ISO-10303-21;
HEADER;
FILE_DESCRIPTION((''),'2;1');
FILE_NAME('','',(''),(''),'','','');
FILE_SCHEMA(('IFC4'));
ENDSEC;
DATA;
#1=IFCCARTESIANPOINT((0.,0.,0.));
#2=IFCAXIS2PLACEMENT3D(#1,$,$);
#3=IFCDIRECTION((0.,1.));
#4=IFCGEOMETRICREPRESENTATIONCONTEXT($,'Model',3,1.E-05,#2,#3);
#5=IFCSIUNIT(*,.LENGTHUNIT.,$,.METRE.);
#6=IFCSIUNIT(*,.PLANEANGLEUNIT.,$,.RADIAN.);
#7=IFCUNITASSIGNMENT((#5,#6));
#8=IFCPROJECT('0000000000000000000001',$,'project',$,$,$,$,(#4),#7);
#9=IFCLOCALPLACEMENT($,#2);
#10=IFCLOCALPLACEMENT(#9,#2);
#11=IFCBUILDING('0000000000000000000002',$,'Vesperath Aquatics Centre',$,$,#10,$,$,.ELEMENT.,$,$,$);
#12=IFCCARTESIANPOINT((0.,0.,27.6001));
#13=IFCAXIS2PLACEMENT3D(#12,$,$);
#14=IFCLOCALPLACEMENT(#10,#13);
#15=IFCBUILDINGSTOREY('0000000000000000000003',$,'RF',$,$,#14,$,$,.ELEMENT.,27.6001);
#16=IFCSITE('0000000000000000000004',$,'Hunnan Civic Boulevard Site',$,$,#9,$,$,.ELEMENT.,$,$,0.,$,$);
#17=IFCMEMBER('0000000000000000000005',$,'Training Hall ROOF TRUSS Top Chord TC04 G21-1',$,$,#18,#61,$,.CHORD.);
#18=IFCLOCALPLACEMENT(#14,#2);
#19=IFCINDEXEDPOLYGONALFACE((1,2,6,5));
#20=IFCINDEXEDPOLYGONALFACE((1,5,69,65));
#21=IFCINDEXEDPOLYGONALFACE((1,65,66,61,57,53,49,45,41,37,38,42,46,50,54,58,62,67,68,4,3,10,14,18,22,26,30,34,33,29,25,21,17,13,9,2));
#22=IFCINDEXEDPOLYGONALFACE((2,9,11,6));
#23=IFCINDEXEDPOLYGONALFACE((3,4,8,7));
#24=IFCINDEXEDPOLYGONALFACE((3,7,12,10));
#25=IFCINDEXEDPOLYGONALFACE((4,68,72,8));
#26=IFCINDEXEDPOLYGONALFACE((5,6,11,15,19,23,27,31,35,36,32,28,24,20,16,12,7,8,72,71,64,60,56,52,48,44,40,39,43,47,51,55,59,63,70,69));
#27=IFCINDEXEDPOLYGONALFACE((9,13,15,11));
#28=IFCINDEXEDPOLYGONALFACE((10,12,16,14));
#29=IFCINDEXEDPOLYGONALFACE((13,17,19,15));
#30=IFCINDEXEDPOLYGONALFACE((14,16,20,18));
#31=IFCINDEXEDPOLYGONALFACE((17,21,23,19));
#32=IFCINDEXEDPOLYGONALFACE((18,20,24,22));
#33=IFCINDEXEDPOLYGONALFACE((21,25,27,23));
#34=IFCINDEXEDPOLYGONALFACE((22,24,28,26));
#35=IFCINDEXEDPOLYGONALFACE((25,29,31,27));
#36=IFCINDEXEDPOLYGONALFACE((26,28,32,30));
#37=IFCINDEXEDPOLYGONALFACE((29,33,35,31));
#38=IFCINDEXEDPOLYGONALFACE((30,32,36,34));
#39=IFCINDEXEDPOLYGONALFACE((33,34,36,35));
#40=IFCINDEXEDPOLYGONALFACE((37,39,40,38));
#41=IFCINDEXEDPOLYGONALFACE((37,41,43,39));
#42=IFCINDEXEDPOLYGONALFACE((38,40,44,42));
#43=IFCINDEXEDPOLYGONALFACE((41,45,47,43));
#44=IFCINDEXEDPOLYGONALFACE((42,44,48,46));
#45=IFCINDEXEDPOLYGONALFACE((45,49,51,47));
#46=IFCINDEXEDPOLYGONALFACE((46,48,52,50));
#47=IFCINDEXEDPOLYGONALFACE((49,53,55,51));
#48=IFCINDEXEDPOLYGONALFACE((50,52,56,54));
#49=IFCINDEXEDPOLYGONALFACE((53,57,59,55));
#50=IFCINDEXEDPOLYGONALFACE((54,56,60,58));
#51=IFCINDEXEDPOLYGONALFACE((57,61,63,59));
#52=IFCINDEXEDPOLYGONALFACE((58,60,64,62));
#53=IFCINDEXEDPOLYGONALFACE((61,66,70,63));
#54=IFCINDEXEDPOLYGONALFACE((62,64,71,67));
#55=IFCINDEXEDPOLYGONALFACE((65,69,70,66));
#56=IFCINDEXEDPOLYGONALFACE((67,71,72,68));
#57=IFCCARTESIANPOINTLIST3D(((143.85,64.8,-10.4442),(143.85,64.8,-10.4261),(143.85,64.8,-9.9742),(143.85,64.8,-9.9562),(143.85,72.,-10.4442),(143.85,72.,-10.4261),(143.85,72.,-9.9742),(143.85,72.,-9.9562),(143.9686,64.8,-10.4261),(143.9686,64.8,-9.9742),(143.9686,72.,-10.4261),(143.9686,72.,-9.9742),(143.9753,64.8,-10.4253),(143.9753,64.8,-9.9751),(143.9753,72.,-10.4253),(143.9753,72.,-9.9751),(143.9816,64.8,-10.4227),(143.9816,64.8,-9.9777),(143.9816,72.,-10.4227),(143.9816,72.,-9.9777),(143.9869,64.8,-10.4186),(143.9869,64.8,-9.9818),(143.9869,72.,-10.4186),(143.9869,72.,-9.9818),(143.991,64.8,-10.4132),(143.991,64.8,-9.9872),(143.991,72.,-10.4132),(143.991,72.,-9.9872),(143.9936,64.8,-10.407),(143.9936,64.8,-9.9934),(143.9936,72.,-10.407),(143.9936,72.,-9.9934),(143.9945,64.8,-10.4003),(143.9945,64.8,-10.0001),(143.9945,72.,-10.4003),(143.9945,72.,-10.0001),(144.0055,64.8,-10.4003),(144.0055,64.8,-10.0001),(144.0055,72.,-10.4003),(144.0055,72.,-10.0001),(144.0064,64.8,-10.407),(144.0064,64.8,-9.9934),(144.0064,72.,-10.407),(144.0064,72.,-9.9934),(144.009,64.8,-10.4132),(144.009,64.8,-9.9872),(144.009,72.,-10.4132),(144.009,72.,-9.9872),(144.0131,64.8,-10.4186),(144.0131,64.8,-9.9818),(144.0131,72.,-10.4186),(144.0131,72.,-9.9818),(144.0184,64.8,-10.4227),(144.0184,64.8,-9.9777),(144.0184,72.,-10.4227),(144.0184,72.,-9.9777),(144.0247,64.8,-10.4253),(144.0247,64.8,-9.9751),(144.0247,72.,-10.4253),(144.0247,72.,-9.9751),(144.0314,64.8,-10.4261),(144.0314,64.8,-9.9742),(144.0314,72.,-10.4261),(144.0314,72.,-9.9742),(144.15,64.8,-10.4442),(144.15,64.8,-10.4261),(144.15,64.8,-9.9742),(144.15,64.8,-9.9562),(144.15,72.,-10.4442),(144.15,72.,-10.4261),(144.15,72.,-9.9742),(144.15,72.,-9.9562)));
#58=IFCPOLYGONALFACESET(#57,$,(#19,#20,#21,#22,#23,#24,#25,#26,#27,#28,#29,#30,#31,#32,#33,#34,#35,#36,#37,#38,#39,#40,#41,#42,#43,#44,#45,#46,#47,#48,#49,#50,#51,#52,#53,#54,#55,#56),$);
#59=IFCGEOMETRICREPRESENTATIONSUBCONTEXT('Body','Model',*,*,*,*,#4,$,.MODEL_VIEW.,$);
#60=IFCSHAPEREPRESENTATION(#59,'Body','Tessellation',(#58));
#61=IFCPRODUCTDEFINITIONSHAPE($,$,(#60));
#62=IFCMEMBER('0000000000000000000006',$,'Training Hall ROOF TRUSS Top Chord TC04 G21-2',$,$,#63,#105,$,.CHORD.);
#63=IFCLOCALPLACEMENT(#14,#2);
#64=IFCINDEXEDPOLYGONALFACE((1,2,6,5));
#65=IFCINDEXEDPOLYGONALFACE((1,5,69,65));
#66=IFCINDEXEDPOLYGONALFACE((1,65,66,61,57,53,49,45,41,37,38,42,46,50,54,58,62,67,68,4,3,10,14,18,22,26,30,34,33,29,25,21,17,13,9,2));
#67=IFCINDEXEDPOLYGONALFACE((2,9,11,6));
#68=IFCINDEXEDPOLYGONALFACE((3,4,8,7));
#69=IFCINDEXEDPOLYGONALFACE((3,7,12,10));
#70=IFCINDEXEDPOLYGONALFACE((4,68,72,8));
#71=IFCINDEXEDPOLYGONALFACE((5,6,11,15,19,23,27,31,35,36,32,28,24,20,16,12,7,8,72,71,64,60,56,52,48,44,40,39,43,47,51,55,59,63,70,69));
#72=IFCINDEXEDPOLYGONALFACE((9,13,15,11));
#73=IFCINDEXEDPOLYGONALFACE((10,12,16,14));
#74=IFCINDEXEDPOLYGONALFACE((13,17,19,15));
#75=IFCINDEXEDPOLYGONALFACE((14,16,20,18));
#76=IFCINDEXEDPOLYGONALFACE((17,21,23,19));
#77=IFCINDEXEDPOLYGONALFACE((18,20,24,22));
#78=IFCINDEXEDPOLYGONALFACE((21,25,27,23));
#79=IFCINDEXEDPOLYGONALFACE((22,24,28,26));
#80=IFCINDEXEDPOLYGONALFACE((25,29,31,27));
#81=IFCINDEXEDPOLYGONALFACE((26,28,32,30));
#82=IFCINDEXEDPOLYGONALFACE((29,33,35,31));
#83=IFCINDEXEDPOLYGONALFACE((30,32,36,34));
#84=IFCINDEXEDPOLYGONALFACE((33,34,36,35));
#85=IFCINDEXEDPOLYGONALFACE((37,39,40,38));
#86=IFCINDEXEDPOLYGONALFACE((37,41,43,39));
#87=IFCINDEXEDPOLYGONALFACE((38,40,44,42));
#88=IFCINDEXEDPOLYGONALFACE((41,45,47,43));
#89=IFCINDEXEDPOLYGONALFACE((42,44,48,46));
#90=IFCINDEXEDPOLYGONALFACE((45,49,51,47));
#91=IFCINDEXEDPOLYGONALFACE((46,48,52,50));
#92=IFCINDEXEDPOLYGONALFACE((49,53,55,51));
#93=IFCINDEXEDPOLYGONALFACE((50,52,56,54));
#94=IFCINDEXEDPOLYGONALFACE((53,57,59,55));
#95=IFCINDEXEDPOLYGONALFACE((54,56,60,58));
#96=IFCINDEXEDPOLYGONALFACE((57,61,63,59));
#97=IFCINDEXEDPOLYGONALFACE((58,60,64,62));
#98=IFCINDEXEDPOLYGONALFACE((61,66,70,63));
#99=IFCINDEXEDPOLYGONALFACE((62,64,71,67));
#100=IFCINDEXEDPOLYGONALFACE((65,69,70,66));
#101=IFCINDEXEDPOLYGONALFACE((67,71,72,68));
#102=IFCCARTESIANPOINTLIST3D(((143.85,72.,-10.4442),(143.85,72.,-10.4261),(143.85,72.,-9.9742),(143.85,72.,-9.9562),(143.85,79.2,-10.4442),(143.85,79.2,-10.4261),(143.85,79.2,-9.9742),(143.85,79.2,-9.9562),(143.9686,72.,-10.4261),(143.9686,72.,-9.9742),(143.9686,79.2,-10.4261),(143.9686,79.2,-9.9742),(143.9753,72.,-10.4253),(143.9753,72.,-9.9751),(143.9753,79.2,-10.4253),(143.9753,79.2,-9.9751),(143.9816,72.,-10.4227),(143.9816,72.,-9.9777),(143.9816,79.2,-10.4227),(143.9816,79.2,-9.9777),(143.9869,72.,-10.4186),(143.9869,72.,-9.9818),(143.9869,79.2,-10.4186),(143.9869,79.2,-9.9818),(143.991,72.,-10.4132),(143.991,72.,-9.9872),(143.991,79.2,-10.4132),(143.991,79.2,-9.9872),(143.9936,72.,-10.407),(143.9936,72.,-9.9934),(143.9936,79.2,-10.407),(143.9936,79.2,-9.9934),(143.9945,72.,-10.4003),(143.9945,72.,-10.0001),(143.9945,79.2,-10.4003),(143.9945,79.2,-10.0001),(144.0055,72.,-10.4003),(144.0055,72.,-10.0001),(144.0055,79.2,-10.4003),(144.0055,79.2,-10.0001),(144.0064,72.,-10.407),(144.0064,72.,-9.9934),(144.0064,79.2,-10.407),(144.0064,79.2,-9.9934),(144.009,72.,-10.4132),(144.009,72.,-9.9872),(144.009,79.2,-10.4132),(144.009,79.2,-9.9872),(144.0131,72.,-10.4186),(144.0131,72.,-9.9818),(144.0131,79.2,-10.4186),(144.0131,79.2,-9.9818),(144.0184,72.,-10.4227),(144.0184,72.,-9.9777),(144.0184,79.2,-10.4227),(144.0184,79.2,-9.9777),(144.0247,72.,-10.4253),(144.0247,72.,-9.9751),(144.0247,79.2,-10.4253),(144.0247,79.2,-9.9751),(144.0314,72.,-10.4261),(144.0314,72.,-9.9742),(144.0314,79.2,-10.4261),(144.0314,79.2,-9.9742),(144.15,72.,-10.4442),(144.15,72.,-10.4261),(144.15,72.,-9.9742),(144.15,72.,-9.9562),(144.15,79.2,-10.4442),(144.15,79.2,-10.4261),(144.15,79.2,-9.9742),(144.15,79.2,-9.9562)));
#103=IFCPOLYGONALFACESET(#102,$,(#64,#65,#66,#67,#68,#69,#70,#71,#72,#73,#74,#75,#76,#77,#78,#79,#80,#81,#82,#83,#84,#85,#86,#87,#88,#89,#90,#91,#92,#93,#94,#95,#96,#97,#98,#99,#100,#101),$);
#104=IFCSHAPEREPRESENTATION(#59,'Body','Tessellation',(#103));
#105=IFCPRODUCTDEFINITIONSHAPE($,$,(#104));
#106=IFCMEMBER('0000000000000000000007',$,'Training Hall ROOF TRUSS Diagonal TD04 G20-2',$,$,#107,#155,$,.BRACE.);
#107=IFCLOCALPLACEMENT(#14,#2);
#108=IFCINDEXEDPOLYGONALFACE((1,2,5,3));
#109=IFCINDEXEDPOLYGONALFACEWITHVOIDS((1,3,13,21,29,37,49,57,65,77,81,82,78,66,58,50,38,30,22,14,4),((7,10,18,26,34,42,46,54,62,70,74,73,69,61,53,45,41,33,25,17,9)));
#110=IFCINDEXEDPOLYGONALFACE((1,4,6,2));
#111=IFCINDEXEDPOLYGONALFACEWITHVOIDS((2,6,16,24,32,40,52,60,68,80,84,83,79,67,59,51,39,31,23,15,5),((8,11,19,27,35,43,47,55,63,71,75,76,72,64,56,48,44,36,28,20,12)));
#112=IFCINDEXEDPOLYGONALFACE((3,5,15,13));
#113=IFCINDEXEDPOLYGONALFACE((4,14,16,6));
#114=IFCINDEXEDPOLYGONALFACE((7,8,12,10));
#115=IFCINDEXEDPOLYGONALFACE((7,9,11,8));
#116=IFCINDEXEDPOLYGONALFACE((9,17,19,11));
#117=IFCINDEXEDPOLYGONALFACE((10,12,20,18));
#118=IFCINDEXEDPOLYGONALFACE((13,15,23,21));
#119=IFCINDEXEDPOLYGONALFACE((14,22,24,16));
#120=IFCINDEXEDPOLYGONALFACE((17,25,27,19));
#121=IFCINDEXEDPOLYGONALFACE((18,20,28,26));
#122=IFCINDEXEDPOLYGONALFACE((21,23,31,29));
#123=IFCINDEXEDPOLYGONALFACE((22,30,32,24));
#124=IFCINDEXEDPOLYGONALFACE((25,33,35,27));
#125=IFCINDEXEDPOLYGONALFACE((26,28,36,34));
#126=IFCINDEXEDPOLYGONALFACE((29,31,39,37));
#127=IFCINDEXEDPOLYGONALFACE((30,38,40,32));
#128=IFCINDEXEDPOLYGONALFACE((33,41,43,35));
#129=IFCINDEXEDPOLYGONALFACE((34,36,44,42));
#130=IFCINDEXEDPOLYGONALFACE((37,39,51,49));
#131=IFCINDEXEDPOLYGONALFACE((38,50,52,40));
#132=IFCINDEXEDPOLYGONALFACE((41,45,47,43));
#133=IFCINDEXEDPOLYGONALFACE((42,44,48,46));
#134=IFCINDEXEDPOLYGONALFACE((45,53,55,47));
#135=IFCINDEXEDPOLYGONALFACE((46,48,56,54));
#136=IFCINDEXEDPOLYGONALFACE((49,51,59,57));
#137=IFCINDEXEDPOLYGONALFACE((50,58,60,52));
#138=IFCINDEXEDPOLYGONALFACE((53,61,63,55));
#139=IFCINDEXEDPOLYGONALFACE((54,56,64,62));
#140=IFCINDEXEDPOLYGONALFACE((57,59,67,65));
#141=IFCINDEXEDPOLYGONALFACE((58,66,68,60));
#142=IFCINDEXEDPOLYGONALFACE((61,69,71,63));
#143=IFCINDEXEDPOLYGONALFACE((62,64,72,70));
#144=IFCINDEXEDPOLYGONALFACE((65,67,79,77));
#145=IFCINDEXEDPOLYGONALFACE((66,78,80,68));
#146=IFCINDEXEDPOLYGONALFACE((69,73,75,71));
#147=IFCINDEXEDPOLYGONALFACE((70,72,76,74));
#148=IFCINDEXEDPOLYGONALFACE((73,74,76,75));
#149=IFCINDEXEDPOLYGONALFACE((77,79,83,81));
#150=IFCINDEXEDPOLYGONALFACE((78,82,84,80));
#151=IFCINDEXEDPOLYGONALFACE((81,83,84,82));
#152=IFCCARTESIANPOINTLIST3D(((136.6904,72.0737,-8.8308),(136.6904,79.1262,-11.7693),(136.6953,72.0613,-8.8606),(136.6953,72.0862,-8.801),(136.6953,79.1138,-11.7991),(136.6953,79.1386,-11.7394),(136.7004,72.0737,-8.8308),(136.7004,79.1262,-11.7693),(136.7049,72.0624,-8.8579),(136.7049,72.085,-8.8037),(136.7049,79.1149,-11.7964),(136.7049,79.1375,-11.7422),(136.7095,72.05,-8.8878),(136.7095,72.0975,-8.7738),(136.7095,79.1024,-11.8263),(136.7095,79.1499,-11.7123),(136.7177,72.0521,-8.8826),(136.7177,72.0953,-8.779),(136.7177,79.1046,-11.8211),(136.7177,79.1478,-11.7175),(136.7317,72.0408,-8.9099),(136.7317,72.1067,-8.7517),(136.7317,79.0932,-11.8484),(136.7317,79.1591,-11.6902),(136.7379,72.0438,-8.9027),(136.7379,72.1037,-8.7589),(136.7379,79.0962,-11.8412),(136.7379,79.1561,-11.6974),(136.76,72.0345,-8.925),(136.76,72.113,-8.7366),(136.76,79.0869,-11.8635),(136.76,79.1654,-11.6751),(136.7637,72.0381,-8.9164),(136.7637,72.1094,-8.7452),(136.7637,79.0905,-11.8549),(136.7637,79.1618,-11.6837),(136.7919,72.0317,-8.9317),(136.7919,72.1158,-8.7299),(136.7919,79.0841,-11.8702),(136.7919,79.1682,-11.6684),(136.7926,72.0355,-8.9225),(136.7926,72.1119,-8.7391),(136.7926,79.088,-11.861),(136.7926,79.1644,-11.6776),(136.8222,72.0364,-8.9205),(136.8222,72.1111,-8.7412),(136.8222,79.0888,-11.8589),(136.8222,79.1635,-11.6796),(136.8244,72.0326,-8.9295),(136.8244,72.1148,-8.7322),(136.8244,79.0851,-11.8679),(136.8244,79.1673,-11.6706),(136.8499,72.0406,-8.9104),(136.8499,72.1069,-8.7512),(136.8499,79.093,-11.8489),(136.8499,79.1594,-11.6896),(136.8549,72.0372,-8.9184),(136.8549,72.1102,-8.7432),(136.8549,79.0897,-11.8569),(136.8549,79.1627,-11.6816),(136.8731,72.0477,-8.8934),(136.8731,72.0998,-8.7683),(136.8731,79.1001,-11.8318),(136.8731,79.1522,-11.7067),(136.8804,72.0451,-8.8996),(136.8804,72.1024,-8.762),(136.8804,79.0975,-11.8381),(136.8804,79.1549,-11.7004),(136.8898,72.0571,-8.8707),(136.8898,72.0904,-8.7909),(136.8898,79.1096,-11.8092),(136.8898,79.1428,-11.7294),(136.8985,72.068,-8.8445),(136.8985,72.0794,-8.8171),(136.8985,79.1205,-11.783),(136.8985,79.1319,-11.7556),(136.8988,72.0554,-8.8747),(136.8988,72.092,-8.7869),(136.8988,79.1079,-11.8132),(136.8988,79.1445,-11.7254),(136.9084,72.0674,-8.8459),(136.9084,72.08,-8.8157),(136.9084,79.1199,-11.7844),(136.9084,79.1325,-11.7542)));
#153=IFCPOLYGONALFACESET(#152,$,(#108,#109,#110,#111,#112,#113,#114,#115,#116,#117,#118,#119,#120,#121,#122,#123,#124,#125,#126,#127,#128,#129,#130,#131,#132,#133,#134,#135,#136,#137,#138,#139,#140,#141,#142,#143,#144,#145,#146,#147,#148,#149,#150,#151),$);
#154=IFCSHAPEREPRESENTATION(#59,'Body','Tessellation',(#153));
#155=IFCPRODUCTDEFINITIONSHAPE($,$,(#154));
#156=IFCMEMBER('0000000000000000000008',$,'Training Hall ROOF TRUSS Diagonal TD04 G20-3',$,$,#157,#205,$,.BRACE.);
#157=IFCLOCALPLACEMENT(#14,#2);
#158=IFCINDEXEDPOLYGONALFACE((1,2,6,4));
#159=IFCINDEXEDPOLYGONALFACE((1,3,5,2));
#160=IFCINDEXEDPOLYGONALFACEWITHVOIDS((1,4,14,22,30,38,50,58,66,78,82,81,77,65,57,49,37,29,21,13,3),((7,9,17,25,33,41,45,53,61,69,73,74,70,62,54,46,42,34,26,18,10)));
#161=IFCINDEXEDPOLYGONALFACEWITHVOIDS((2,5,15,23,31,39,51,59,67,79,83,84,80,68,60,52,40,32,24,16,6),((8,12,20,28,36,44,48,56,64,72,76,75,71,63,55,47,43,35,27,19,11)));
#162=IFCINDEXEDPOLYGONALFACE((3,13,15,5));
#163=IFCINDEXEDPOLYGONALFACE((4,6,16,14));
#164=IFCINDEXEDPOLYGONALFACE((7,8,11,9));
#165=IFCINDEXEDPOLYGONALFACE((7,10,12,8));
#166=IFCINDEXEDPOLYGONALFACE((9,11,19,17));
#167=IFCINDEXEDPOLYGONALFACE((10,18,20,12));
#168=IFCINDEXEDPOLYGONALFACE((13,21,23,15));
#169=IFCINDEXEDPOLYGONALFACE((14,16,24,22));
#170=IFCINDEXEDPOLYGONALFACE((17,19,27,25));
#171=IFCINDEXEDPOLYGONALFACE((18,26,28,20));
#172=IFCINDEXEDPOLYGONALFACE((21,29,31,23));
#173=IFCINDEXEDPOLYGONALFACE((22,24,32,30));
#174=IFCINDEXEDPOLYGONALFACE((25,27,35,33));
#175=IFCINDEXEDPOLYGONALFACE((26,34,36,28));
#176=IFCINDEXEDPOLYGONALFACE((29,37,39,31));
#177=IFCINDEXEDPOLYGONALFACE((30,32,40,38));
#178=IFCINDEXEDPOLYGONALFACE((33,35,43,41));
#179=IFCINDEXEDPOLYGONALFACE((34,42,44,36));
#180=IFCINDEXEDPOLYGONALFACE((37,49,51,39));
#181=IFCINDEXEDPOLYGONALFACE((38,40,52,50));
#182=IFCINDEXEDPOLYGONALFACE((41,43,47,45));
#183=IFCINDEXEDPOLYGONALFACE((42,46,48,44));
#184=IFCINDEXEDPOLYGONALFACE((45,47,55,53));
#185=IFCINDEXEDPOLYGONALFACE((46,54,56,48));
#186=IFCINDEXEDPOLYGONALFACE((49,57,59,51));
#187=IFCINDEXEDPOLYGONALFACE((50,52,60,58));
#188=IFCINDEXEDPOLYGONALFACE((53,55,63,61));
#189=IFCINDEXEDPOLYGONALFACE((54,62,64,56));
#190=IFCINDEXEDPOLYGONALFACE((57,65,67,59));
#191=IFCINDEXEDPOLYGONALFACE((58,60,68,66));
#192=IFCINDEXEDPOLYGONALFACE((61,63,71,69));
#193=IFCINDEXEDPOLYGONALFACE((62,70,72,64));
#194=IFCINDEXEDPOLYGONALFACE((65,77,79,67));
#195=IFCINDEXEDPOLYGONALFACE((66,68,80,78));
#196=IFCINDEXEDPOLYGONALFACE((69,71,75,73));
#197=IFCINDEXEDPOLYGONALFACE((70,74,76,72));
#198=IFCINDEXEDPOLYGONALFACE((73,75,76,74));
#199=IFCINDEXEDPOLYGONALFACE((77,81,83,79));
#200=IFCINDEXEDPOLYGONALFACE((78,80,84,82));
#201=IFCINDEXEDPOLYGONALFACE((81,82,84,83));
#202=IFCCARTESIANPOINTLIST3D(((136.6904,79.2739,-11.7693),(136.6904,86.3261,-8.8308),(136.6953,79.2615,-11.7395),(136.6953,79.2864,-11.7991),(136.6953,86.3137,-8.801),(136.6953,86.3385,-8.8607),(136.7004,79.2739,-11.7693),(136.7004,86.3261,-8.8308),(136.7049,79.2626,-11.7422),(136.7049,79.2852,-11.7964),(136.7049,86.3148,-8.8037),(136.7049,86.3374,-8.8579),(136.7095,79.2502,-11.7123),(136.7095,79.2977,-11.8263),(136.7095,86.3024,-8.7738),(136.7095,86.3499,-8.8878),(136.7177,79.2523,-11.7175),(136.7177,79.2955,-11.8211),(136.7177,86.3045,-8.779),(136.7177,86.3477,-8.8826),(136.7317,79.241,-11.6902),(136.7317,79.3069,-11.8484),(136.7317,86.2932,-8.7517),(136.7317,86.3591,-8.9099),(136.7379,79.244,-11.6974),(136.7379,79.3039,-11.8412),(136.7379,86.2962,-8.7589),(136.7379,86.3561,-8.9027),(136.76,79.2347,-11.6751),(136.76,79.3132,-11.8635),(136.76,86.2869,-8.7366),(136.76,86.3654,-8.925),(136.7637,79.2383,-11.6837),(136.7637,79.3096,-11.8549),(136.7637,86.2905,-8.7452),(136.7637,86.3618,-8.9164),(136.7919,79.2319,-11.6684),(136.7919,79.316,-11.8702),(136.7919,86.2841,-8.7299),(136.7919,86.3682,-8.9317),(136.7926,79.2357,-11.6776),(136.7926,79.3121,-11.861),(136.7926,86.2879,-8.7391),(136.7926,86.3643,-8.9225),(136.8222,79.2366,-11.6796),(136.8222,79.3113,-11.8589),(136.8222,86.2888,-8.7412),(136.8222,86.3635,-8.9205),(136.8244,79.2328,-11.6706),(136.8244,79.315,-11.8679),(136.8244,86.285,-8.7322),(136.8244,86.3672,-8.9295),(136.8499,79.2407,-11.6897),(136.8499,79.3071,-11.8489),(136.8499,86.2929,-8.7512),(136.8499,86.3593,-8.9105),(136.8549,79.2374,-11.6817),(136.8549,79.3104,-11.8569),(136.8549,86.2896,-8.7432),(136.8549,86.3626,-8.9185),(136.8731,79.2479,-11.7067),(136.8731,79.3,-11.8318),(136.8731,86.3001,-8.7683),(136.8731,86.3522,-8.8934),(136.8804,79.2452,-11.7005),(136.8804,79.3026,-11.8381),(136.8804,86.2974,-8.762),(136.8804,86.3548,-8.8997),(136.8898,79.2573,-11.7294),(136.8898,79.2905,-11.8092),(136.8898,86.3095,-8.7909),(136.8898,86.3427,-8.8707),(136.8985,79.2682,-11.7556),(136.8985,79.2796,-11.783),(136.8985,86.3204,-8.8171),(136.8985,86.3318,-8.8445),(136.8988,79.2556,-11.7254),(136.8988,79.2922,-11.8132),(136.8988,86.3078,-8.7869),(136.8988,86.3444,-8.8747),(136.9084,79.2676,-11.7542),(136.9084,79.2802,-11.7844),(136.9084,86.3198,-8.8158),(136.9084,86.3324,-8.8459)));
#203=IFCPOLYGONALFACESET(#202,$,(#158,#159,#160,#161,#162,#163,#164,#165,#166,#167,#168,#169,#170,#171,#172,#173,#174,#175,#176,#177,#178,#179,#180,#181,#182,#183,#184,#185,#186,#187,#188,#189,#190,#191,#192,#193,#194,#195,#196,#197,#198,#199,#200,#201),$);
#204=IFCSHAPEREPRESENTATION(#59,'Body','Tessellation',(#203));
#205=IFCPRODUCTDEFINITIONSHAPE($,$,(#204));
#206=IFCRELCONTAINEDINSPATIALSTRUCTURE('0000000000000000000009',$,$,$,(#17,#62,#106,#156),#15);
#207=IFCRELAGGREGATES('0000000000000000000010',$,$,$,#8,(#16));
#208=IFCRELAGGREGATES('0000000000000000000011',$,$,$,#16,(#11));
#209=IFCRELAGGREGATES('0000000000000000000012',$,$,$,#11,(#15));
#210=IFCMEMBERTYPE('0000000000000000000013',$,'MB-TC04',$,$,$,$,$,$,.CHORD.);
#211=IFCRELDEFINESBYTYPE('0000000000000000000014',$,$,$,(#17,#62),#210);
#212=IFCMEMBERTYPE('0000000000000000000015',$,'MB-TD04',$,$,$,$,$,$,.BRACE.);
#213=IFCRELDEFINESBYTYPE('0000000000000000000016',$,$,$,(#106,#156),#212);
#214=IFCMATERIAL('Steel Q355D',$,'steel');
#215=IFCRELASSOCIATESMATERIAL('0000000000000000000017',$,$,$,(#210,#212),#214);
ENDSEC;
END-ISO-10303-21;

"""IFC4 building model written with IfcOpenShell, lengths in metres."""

from ifc_helpers import new_model, si_unit, direction, frame, origin, origin_2d, place, context, subcontext, project, spatial, hollow_circle, i_section, extrude, material, material_profile, profile_set, type_object, element, save


model = new_model("IFC4")

# Units and contexts
model_context = context("Model", 3, precision=1e-05, world=origin(), true_north=direction((0.0, 1.0)))
body_context = subcontext(model_context, "Body", "Model", "MODEL_VIEW")
ifc_project = project(units=[si_unit("LENGTHUNIT", "METRE"), si_unit("PLANEANGLEUNIT", "RADIAN")], contexts=[model_context])

# Site, building, storey
site_placement = place(None, origin())
site = spatial("IfcSite", under=ifc_project, at=site_placement, Name="Hunnan Civic Boulevard Site", CompositionType="ELEMENT", RefElevation=0.0)
building_placement = place(site_placement, origin())
building = spatial("IfcBuilding", under=site, at=building_placement, Name="Vesperath Aquatics Centre", CompositionType="ELEMENT")
storey_placement = place(building_placement, frame((0.0, 0.0, 27.6001)))
storey = spatial("IfcBuildingStorey", under=building, at=storey_placement, Name="RF", CompositionType="ELEMENT", Elevation=27.6001)

# Members
ifc_material_1 = material(Name="Steel Q355D", Category="steel")
ifc_material_profile_1 = material_profile(ifc_material_1, i_section(OverallWidth=0.3, OverallDepth=0.488, WebThickness=0.011, FlangeThickness=0.0181, FilletRadius=0.0259, at=origin_2d()), Name="HM 488x300x11x18")
ifc_profile_set_1 = profile_set([ifc_material_profile_1], Name="Steel Q355D")
member_type_1 = type_object("IfcMemberType", Name="MB-TC04", PredefinedType="CHORD", material=ifc_profile_set_1)
for number, where, z_axis, x_axis, name in (
    (1, (144.0, 64.8, -10.2002), (0.0, 1.0, 0.0), (-1.0, 0.0, 0.0), "Training Hall ROOF TRUSS Top Chord TC04 G21-1"),
    (2, (144.0, 72.0, -10.2002), (0.0, 1.0, 0.0), (-1.0, 0.0, 0.0), "Training Hall ROOF TRUSS Top Chord TC04 G21-2"),
):
    element("IfcMember", number, at=place(storey_placement, frame(where, z_axis=z_axis, x_axis=x_axis)), inside=storey, type_object=member_type_1, Name=name, PredefinedType="CHORD", context=body_context, shape_type="SweptSolid", body=[
        extrude(i_section(OverallWidth=0.3, OverallDepth=0.488, WebThickness=0.011, FlangeThickness=0.0181, FilletRadius=0.0259, at=origin_2d()), origin(), (0.0, 0.0, 1.0), 7.2),
    ])
ifc_material_profile_2 = material_profile(ifc_material_1, hollow_circle(Radius=0.1096, WallThickness=0.01, at=origin_2d()), Name="CHS 219.1x10")
ifc_profile_set_2 = profile_set([ifc_material_profile_2], Name="Steel Q355D")
member_type_2 = type_object("IfcMemberType", Name="MB-TD04", PredefinedType="BRACE", material=ifc_profile_set_2)
member_1_placement = place(storey_placement, frame((136.8, 72.0737, -8.8308), z_axis=(0.0, 0.92308, -0.384609), x_axis=(-1.0, 0.0, 0.0)))
element("IfcMember", 3, at=member_1_placement, inside=storey, type_object=member_type_2, Name="Training Hall ROOF TRUSS Diagonal TD04 G20-2", PredefinedType="BRACE", context=body_context, shape_type="SweptSolid", body=[
    extrude(hollow_circle(Radius=0.1096, WallThickness=0.01, at=origin_2d()), origin(), (0.0, 0.0, 1.0), 7.6401),
])
member_2_placement = place(storey_placement, frame((136.8, 79.2739, -11.7693), z_axis=(0.0, 0.923075, 0.38462), x_axis=(-1.0, 0.0, 0.0)))
element("IfcMember", 4, at=member_2_placement, inside=storey, type_object=member_type_2, Name="Training Hall ROOF TRUSS Diagonal TD04 G20-3", PredefinedType="BRACE", context=body_context, shape_type="SweptSolid", body=[
    extrude(hollow_circle(Radius=0.1096, WallThickness=0.01, at=origin_2d()), origin(), (0.0, 0.0, 1.0), 7.6399),
])

save(model, "model.ifc")
